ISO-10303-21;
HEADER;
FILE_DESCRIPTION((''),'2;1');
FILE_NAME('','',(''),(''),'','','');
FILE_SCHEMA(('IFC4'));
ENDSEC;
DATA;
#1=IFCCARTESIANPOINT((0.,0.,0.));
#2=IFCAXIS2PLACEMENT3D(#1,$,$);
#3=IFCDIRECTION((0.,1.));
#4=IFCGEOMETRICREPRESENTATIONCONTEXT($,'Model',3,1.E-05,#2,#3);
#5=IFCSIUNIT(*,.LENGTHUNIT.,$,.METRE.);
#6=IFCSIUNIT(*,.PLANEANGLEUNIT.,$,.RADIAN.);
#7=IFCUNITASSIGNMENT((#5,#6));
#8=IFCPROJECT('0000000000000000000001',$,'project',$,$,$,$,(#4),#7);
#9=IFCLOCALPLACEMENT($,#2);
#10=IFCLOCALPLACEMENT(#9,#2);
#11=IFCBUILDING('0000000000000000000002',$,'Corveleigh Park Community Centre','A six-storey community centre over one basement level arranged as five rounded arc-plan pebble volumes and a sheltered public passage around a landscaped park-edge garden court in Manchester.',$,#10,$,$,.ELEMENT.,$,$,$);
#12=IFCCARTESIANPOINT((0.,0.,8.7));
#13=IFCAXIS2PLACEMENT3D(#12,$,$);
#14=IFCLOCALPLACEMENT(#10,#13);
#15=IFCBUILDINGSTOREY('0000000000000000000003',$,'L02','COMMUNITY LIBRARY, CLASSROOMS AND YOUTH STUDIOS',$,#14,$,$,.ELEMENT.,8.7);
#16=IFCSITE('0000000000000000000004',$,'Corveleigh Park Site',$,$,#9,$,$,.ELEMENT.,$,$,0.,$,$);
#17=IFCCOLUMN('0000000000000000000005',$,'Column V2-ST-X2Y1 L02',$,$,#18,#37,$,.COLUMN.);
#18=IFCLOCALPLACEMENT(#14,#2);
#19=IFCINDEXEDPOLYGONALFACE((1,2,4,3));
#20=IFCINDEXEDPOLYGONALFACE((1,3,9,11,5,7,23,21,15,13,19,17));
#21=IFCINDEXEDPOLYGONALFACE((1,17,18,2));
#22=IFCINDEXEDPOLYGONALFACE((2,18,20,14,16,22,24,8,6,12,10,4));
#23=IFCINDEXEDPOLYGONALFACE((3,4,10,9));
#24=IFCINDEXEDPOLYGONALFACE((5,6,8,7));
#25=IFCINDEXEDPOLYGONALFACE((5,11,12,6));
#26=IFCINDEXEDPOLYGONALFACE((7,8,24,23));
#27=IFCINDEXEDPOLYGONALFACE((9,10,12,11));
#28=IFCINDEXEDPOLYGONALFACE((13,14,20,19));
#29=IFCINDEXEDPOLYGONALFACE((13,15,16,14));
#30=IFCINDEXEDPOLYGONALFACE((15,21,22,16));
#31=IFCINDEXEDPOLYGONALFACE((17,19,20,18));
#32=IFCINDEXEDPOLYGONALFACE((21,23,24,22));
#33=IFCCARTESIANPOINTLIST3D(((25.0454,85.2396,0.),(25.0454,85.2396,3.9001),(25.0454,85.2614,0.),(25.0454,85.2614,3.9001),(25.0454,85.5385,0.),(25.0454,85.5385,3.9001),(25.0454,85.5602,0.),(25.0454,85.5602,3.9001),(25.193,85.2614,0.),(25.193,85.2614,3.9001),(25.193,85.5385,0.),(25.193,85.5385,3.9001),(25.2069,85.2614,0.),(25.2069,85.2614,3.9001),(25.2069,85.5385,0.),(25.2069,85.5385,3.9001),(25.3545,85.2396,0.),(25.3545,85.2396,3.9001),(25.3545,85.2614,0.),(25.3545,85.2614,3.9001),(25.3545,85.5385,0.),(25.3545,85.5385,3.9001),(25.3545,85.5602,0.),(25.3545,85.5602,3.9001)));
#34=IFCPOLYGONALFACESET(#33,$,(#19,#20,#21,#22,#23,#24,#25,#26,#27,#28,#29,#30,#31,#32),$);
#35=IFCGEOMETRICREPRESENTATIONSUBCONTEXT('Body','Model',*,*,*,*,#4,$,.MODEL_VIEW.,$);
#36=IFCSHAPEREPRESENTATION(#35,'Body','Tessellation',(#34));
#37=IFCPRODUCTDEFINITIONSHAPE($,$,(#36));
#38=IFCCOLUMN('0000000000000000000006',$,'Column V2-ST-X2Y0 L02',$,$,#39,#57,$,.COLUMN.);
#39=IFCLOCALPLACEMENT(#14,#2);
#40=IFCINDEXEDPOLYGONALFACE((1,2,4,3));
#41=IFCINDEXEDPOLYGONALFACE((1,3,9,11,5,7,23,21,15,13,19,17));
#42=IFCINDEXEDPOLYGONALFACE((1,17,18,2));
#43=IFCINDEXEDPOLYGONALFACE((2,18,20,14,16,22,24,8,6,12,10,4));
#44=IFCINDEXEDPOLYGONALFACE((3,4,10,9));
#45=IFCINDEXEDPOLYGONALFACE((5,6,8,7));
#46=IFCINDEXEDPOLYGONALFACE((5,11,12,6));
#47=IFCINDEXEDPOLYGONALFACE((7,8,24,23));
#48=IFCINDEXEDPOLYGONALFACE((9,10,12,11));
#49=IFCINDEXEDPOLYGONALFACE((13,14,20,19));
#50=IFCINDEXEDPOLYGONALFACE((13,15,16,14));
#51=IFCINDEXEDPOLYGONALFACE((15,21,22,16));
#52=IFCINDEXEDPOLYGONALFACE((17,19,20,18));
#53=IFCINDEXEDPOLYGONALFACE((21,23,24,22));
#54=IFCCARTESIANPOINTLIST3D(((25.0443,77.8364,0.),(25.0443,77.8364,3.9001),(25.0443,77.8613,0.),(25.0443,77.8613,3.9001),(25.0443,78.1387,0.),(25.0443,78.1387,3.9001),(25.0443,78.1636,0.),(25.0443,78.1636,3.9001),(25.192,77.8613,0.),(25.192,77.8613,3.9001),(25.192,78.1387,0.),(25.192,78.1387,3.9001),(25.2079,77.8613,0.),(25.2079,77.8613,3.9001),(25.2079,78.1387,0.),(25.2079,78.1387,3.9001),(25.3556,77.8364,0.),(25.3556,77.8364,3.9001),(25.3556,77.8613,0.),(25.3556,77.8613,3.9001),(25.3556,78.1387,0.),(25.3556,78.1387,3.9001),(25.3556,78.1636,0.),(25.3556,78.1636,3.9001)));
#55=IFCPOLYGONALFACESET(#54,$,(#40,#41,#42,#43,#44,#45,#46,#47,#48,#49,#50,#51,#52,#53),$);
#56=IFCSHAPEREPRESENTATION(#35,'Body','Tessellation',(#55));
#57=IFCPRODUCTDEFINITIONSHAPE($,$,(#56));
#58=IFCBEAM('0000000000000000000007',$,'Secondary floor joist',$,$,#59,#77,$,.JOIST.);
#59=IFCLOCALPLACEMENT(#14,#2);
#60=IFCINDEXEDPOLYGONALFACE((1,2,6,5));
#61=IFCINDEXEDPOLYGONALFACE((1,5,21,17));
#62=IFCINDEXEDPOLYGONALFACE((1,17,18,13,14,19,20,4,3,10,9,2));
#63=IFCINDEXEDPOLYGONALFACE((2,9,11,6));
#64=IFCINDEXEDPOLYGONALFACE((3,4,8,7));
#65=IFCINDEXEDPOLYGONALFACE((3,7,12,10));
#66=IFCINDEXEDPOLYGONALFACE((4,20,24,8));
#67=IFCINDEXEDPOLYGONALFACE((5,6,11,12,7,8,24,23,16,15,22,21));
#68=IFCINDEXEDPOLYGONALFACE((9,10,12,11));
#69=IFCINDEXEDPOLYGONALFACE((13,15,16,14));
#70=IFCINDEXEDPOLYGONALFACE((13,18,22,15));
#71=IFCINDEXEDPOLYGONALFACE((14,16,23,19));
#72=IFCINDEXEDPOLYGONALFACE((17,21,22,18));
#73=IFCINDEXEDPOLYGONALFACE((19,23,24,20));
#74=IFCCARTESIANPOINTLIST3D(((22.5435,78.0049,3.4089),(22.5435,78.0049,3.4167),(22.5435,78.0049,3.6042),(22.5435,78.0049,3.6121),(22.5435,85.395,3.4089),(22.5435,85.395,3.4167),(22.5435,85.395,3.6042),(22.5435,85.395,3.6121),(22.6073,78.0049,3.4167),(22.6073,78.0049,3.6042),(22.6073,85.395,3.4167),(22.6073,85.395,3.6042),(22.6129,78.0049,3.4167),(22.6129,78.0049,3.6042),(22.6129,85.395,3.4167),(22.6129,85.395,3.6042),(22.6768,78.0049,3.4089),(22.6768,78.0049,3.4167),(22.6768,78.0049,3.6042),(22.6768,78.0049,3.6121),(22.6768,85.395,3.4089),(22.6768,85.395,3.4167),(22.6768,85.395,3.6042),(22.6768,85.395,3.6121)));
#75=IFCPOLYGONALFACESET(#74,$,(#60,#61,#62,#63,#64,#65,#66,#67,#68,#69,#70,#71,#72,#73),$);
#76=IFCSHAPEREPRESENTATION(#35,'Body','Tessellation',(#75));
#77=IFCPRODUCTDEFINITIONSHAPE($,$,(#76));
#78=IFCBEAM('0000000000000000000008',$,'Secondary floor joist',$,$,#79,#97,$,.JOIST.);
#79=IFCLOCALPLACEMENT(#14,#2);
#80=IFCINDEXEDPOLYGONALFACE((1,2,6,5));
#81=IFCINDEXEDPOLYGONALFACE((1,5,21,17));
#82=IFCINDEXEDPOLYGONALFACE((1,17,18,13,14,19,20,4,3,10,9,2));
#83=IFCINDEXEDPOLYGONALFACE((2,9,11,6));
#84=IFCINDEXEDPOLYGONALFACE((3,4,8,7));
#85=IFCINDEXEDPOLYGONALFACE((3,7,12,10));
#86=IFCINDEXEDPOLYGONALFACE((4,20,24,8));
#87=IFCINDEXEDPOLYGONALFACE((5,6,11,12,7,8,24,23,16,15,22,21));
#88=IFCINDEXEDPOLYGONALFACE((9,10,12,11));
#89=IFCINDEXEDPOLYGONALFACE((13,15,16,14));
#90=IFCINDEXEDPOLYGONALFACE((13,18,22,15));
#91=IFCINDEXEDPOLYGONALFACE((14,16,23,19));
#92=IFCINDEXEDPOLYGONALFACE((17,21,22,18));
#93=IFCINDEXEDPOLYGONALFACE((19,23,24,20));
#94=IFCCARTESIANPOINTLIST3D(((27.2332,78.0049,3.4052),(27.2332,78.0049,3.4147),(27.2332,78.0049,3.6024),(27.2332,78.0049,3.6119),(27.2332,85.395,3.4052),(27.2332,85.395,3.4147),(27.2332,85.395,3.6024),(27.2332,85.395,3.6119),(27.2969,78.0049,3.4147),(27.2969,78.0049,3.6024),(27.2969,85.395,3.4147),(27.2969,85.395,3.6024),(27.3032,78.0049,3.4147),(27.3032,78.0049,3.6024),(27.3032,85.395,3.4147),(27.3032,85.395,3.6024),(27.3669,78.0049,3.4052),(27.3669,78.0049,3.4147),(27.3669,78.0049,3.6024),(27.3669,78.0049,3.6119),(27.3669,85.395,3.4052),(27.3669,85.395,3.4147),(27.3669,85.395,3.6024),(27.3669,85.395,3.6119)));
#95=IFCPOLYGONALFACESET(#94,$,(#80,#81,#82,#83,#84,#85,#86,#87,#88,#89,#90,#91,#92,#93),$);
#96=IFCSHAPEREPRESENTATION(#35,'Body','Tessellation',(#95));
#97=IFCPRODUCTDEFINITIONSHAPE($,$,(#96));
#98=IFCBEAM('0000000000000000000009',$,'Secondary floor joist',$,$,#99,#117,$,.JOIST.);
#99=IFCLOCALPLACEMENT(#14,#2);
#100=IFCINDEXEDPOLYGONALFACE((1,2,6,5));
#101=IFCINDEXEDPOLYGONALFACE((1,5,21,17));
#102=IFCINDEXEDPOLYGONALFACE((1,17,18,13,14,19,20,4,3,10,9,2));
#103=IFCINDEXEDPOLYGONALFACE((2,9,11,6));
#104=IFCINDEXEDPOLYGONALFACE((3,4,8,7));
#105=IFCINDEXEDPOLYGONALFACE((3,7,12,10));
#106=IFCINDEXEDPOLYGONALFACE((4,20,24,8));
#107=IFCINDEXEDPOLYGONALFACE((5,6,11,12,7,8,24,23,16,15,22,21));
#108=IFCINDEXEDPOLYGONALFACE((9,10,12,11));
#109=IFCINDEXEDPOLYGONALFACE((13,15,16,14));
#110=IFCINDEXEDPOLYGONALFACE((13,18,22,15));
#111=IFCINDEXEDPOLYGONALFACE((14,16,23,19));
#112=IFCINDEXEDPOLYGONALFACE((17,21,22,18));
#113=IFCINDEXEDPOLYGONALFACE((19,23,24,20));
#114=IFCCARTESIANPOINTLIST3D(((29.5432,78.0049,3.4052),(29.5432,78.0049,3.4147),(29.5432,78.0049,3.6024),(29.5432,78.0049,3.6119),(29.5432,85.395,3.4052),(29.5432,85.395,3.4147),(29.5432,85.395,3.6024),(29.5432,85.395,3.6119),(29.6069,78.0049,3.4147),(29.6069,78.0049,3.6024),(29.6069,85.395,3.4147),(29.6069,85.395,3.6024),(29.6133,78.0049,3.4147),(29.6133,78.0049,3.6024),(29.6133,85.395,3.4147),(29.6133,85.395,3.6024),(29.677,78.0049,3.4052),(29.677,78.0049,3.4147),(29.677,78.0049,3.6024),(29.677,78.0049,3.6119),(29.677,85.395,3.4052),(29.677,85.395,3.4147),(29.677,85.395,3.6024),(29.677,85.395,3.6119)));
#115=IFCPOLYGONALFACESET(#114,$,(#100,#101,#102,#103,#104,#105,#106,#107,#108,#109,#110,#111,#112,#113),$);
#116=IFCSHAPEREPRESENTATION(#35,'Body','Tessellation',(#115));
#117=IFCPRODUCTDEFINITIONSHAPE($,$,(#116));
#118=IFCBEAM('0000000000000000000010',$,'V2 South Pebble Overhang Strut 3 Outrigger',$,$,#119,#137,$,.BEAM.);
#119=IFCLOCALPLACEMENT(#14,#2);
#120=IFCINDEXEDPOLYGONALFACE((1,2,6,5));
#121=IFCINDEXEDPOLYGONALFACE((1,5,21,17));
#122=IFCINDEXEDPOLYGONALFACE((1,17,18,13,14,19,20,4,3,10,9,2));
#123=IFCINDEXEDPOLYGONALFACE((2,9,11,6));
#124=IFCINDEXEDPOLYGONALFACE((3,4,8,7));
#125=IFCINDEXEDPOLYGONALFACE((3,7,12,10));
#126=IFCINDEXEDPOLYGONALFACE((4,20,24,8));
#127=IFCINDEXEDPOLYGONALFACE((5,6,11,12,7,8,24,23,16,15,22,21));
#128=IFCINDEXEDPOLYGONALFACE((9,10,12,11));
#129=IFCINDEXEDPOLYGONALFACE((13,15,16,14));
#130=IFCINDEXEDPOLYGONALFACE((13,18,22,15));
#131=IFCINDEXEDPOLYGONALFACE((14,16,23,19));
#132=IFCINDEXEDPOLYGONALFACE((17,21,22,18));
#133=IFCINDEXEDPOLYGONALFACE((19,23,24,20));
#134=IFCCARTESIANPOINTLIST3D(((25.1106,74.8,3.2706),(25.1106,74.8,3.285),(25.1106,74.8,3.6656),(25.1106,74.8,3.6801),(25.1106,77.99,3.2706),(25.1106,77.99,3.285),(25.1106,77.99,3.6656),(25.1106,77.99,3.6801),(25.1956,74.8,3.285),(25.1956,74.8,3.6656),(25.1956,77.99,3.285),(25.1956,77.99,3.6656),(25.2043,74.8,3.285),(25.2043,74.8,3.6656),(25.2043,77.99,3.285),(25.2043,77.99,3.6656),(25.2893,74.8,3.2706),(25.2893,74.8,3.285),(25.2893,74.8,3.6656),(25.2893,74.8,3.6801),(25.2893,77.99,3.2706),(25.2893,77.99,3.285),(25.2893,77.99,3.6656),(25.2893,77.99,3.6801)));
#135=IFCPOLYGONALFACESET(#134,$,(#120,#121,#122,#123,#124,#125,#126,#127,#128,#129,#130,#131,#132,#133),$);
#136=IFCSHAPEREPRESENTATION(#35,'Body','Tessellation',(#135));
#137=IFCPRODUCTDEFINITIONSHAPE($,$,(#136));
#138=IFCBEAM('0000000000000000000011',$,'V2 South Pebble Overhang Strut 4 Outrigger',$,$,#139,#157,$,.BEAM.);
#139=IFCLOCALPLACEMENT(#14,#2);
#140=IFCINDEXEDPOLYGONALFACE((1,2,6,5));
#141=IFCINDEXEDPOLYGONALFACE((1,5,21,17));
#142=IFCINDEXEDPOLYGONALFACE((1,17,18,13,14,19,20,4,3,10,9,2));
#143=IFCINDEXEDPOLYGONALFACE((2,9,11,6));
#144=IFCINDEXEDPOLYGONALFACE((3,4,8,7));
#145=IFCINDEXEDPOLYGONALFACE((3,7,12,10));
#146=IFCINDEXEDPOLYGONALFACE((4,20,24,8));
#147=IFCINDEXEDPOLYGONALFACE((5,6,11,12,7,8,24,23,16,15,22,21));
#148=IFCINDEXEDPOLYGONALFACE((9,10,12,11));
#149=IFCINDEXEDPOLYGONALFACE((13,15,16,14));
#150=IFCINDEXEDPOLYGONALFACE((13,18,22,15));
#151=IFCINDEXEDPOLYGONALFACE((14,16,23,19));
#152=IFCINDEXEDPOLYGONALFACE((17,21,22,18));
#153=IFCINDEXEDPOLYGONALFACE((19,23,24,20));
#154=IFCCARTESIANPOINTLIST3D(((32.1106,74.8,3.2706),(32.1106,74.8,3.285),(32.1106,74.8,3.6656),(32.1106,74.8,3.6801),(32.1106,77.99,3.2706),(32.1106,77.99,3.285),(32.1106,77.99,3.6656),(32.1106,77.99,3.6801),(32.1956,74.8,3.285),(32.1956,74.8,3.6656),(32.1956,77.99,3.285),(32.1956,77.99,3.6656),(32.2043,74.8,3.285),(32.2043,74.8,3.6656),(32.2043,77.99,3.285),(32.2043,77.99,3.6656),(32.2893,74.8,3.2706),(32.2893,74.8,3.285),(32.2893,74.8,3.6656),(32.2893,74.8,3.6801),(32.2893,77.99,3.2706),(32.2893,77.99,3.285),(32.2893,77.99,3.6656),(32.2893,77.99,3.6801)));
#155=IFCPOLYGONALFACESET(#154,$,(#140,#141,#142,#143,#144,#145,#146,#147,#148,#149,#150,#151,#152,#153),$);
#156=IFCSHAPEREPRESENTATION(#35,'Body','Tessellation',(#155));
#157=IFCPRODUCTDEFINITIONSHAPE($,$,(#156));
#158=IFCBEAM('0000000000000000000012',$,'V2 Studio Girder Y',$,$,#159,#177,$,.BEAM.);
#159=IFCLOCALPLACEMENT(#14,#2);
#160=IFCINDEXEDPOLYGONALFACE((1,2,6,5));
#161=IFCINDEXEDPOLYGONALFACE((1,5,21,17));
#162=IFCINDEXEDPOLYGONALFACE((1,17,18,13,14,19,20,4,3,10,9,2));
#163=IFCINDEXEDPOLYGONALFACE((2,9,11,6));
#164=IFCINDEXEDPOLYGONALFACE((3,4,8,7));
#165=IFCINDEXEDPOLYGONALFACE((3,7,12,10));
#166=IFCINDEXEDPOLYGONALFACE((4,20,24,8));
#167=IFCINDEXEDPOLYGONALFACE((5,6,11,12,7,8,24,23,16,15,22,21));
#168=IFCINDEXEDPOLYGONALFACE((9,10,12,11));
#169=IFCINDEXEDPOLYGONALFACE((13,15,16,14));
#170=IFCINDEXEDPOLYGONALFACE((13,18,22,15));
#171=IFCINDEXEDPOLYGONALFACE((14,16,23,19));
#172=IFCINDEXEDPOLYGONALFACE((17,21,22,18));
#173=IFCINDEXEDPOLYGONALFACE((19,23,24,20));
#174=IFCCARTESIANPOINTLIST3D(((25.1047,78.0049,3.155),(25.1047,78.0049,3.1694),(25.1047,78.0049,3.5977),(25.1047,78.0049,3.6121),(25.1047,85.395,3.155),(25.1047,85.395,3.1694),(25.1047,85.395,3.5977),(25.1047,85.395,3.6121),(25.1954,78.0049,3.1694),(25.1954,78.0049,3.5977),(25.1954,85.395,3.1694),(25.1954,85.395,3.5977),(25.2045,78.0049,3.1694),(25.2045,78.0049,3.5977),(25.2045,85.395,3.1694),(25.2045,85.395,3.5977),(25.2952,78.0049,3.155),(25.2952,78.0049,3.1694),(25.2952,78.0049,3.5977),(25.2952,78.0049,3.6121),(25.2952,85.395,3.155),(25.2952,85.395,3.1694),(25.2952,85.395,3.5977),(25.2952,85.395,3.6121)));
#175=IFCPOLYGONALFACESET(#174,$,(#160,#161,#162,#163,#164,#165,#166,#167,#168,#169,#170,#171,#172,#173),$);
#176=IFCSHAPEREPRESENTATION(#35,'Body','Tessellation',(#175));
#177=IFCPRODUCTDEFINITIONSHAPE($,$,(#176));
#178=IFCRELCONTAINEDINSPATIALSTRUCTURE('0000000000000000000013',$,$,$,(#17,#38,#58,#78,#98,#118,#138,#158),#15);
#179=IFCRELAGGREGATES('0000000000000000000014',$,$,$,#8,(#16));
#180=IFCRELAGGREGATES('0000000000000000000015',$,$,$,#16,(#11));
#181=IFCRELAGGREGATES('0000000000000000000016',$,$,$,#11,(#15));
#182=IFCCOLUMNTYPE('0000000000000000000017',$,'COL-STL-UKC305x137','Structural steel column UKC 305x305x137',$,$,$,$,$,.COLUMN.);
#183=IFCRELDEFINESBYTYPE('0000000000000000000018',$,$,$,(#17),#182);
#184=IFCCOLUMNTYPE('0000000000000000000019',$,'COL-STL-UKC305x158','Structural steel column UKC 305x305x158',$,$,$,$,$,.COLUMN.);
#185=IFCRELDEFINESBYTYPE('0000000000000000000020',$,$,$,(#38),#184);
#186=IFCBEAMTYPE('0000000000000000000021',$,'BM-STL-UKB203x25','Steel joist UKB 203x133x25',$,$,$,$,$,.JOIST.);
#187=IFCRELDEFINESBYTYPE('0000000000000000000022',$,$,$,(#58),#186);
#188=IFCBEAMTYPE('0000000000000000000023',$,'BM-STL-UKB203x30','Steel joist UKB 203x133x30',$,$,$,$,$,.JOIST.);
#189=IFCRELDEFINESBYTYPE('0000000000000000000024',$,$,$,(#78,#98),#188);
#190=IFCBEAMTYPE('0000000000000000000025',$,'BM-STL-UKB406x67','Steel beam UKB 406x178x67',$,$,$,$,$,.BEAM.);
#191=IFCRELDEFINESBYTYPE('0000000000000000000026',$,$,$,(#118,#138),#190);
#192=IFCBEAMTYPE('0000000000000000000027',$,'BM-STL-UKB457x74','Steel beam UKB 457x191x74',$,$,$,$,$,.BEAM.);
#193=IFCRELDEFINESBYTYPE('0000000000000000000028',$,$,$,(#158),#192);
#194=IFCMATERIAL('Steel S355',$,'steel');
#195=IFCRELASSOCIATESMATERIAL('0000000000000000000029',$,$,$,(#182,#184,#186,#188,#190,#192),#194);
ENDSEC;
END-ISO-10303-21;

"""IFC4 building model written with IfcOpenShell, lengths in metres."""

from ifc_helpers import new_model, si_unit, direction, frame, origin, origin_2d, place, context, subcontext, project, spatial, i_section, extrude, material, material_profile, profile_set, type_object, element, save


model = new_model("IFC4")

# Units and contexts
model_context = context("Model", 3, precision=1e-05, world=origin(), true_north=direction((0.0, 1.0)))
body_context = subcontext(model_context, "Body", "Model", "MODEL_VIEW")
ifc_project = project(units=[si_unit("LENGTHUNIT", "METRE"), si_unit("PLANEANGLEUNIT", "RADIAN")], contexts=[model_context])

# Site, building, storey
site_placement = place(None, origin())
site = spatial("IfcSite", under=ifc_project, at=site_placement, Name="Corveleigh Park Site", CompositionType="ELEMENT", RefElevation=0.0)
building_placement = place(site_placement, origin())
building = spatial("IfcBuilding", under=site, at=building_placement, Name="Corveleigh Park Community Centre", Description="A six-storey community centre over one basement level arranged as five rounded arc-plan pebble volumes and a sheltered public passage around a landscaped park-edge garden court in Manchester.", CompositionType="ELEMENT")
storey_placement = place(building_placement, frame((0.0, 0.0, 8.7)))
storey = spatial("IfcBuildingStorey", under=building, at=storey_placement, Name="L02", Description="COMMUNITY LIBRARY, CLASSROOMS AND YOUTH STUDIOS", CompositionType="ELEMENT", Elevation=8.7)

# Columns
ifc_material_1 = material(Name="Steel S355", Category="steel")
ifc_material_profile_1 = material_profile(ifc_material_1, i_section(OverallWidth=0.3091, OverallDepth=0.3206, WebThickness=0.0139, FlangeThickness=0.0217, at=origin_2d()), Name="UKC 305x305x137", Category="steel")
ifc_profile_set_1 = profile_set([ifc_material_profile_1], Name="Steel S355")
column_type_1 = type_object("IfcColumnType", Name="COL-STL-UKC305x137", Description="Structural steel column UKC 305x305x137", PredefinedType="COLUMN", material=ifc_profile_set_1)
column_1_placement = place(storey_placement, frame((25.2, 85.3999, 0.0), z_axis=(0.0, 0.0, 1.0), x_axis=(1.0, 0.0, 0.0)))
element("IfcColumn", 1, at=column_1_placement, inside=storey, type_object=column_type_1, Name="Column V2-ST-X2Y1 L02", PredefinedType="COLUMN", context=body_context, shape_type="SweptSolid", body=[
    extrude(i_section(OverallWidth=0.3091, OverallDepth=0.3206, WebThickness=0.0139, FlangeThickness=0.0217, at=origin_2d()), origin(), (0.0, 0.0, 1.0), 3.9001),
])
ifc_material_profile_2 = material_profile(ifc_material_1, i_section(OverallWidth=0.3113, OverallDepth=0.3271, WebThickness=0.0159, FlangeThickness=0.0249, at=origin_2d()), Name="UKC 305x305x158", Category="steel")
ifc_profile_set_2 = profile_set([ifc_material_profile_2], Name="Steel S355")
column_type_2 = type_object("IfcColumnType", Name="COL-STL-UKC305x158", Description="Structural steel column UKC 305x305x158", PredefinedType="COLUMN", material=ifc_profile_set_2)
column_2_placement = place(storey_placement, frame((25.2, 78.0, 0.0), z_axis=(0.0, 0.0, 1.0), x_axis=(1.0, 0.0, 0.0)))
element("IfcColumn", 2, at=column_2_placement, inside=storey, type_object=column_type_2, Name="Column V2-ST-X2Y0 L02", PredefinedType="COLUMN", context=body_context, shape_type="SweptSolid", body=[
    extrude(i_section(OverallWidth=0.3113, OverallDepth=0.3271, WebThickness=0.0159, FlangeThickness=0.0249, at=origin_2d()), origin(), (0.0, 0.0, 1.0), 3.9001),
])

# Beams
ifc_material_profile_3 = material_profile(ifc_material_1, i_section(OverallWidth=0.1333, OverallDepth=0.2031, WebThickness=0.0056, FlangeThickness=0.0078, at=origin_2d()), Name="UKB 203x133x25", Category="steel")
ifc_profile_set_3 = profile_set([ifc_material_profile_3], Name="Steel S355")
beam_type_1 = type_object("IfcBeamType", Name="BM-STL-UKB203x25", Description="Steel joist UKB 203x133x25", PredefinedType="JOIST", material=ifc_profile_set_3)
beam_1_placement = place(storey_placement, frame((22.6101, 78.0049, 3.5105), z_axis=(0.0, 1.0, 0.0), x_axis=(-1.0, 0.0, 0.0)))
element("IfcBeam", 3, at=beam_1_placement, inside=storey, type_object=beam_type_1, Name="Secondary floor joist", PredefinedType="JOIST", context=body_context, shape_type="SweptSolid", body=[
    extrude(i_section(OverallWidth=0.1333, OverallDepth=0.2031, WebThickness=0.0056, FlangeThickness=0.0078, at=origin_2d()), origin(), (0.0, 0.0, 1.0), 7.3901),
])
ifc_material_profile_4 = material_profile(ifc_material_1, i_section(OverallWidth=0.1338, OverallDepth=0.2068, WebThickness=0.0063, FlangeThickness=0.0095, at=origin_2d()), Name="UKB 203x133x30", Category="steel")
ifc_profile_set_4 = profile_set([ifc_material_profile_4], Name="Steel S355")
beam_type_2 = type_object("IfcBeamType", Name="BM-STL-UKB203x30", Description="Steel joist UKB 203x133x30", PredefinedType="JOIST", material=ifc_profile_set_4)
for number, where, z_axis, x_axis, name in (
    (4, (27.3, 78.0049, 3.5085), (0.0, 1.0, 0.0), (-1.0, 0.0, 0.0), "Secondary floor joist"),
    (5, (29.6101, 78.0049, 3.5085), (0.0, 1.0, 0.0), (-1.0, 0.0, 0.0), "Secondary floor joist"),
):
    element("IfcBeam", number, at=place(storey_placement, frame(where, z_axis=z_axis, x_axis=x_axis)), inside=storey, type_object=beam_type_2, Name=name, PredefinedType="JOIST", context=body_context, shape_type="SweptSolid", body=[
        extrude(i_section(OverallWidth=0.1338, OverallDepth=0.2068, WebThickness=0.0063, FlangeThickness=0.0095, at=origin_2d()), origin(), (0.0, 0.0, 1.0), 7.3901),
    ])
ifc_material_profile_5 = material_profile(ifc_material_1, i_section(OverallWidth=0.1787, OverallDepth=0.4094, WebThickness=0.0088, FlangeThickness=0.0144, at=origin_2d()), Name="UKB 406x178x67", Category="steel")
ifc_profile_set_5 = profile_set([ifc_material_profile_5], Name="Steel S355")
beam_type_3 = type_object("IfcBeamType", Name="BM-STL-UKB406x67", Description="Steel beam UKB 406x178x67", PredefinedType="BEAM", material=ifc_profile_set_5)
for number, where, z_axis, x_axis, name in (
    (6, (25.2, 77.99, 3.4753), (0.0, -1.0, 0.0), (1.0, 0.0, 0.0), "V2 South Pebble Overhang Strut 3 Outrigger"),
    (7, (32.2, 77.99, 3.4753), (0.0, -1.0, 0.0), (1.0, 0.0, 0.0), "V2 South Pebble Overhang Strut 4 Outrigger"),
):
    element("IfcBeam", number, at=place(storey_placement, frame(where, z_axis=z_axis, x_axis=x_axis)), inside=storey, type_object=beam_type_3, Name=name, PredefinedType="BEAM", context=body_context, shape_type="SweptSolid", body=[
        extrude(i_section(OverallWidth=0.1787, OverallDepth=0.4094, WebThickness=0.0088, FlangeThickness=0.0144, at=origin_2d()), origin(), (0.0, 0.0, 1.0), 3.1899),
    ])
ifc_material_profile_6 = material_profile(ifc_material_1, i_section(OverallWidth=0.1904, OverallDepth=0.457, WebThickness=0.009, FlangeThickness=0.0144, at=origin_2d()), Name="UKB 457x191x74", Category="steel")
ifc_profile_set_6 = profile_set([ifc_material_profile_6], Name="Steel S355")
beam_type_4 = type_object("IfcBeamType", Name="BM-STL-UKB457x74", Description="Steel beam UKB 457x191x74", PredefinedType="BEAM", material=ifc_profile_set_6)
beam_2_placement = place(storey_placement, frame((25.2, 78.0049, 3.3835), z_axis=(0.0, 1.0, 0.0), x_axis=(-1.0, 0.0, 0.0)))
element("IfcBeam", 8, at=beam_2_placement, inside=storey, type_object=beam_type_4, Name="V2 Studio Girder Y", PredefinedType="BEAM", context=body_context, shape_type="SweptSolid", body=[
    extrude(i_section(OverallWidth=0.1904, OverallDepth=0.457, WebThickness=0.009, FlangeThickness=0.0144, at=origin_2d()), origin(), (0.0, 0.0, 1.0), 7.3901),
])

save(model, "model.ifc")
